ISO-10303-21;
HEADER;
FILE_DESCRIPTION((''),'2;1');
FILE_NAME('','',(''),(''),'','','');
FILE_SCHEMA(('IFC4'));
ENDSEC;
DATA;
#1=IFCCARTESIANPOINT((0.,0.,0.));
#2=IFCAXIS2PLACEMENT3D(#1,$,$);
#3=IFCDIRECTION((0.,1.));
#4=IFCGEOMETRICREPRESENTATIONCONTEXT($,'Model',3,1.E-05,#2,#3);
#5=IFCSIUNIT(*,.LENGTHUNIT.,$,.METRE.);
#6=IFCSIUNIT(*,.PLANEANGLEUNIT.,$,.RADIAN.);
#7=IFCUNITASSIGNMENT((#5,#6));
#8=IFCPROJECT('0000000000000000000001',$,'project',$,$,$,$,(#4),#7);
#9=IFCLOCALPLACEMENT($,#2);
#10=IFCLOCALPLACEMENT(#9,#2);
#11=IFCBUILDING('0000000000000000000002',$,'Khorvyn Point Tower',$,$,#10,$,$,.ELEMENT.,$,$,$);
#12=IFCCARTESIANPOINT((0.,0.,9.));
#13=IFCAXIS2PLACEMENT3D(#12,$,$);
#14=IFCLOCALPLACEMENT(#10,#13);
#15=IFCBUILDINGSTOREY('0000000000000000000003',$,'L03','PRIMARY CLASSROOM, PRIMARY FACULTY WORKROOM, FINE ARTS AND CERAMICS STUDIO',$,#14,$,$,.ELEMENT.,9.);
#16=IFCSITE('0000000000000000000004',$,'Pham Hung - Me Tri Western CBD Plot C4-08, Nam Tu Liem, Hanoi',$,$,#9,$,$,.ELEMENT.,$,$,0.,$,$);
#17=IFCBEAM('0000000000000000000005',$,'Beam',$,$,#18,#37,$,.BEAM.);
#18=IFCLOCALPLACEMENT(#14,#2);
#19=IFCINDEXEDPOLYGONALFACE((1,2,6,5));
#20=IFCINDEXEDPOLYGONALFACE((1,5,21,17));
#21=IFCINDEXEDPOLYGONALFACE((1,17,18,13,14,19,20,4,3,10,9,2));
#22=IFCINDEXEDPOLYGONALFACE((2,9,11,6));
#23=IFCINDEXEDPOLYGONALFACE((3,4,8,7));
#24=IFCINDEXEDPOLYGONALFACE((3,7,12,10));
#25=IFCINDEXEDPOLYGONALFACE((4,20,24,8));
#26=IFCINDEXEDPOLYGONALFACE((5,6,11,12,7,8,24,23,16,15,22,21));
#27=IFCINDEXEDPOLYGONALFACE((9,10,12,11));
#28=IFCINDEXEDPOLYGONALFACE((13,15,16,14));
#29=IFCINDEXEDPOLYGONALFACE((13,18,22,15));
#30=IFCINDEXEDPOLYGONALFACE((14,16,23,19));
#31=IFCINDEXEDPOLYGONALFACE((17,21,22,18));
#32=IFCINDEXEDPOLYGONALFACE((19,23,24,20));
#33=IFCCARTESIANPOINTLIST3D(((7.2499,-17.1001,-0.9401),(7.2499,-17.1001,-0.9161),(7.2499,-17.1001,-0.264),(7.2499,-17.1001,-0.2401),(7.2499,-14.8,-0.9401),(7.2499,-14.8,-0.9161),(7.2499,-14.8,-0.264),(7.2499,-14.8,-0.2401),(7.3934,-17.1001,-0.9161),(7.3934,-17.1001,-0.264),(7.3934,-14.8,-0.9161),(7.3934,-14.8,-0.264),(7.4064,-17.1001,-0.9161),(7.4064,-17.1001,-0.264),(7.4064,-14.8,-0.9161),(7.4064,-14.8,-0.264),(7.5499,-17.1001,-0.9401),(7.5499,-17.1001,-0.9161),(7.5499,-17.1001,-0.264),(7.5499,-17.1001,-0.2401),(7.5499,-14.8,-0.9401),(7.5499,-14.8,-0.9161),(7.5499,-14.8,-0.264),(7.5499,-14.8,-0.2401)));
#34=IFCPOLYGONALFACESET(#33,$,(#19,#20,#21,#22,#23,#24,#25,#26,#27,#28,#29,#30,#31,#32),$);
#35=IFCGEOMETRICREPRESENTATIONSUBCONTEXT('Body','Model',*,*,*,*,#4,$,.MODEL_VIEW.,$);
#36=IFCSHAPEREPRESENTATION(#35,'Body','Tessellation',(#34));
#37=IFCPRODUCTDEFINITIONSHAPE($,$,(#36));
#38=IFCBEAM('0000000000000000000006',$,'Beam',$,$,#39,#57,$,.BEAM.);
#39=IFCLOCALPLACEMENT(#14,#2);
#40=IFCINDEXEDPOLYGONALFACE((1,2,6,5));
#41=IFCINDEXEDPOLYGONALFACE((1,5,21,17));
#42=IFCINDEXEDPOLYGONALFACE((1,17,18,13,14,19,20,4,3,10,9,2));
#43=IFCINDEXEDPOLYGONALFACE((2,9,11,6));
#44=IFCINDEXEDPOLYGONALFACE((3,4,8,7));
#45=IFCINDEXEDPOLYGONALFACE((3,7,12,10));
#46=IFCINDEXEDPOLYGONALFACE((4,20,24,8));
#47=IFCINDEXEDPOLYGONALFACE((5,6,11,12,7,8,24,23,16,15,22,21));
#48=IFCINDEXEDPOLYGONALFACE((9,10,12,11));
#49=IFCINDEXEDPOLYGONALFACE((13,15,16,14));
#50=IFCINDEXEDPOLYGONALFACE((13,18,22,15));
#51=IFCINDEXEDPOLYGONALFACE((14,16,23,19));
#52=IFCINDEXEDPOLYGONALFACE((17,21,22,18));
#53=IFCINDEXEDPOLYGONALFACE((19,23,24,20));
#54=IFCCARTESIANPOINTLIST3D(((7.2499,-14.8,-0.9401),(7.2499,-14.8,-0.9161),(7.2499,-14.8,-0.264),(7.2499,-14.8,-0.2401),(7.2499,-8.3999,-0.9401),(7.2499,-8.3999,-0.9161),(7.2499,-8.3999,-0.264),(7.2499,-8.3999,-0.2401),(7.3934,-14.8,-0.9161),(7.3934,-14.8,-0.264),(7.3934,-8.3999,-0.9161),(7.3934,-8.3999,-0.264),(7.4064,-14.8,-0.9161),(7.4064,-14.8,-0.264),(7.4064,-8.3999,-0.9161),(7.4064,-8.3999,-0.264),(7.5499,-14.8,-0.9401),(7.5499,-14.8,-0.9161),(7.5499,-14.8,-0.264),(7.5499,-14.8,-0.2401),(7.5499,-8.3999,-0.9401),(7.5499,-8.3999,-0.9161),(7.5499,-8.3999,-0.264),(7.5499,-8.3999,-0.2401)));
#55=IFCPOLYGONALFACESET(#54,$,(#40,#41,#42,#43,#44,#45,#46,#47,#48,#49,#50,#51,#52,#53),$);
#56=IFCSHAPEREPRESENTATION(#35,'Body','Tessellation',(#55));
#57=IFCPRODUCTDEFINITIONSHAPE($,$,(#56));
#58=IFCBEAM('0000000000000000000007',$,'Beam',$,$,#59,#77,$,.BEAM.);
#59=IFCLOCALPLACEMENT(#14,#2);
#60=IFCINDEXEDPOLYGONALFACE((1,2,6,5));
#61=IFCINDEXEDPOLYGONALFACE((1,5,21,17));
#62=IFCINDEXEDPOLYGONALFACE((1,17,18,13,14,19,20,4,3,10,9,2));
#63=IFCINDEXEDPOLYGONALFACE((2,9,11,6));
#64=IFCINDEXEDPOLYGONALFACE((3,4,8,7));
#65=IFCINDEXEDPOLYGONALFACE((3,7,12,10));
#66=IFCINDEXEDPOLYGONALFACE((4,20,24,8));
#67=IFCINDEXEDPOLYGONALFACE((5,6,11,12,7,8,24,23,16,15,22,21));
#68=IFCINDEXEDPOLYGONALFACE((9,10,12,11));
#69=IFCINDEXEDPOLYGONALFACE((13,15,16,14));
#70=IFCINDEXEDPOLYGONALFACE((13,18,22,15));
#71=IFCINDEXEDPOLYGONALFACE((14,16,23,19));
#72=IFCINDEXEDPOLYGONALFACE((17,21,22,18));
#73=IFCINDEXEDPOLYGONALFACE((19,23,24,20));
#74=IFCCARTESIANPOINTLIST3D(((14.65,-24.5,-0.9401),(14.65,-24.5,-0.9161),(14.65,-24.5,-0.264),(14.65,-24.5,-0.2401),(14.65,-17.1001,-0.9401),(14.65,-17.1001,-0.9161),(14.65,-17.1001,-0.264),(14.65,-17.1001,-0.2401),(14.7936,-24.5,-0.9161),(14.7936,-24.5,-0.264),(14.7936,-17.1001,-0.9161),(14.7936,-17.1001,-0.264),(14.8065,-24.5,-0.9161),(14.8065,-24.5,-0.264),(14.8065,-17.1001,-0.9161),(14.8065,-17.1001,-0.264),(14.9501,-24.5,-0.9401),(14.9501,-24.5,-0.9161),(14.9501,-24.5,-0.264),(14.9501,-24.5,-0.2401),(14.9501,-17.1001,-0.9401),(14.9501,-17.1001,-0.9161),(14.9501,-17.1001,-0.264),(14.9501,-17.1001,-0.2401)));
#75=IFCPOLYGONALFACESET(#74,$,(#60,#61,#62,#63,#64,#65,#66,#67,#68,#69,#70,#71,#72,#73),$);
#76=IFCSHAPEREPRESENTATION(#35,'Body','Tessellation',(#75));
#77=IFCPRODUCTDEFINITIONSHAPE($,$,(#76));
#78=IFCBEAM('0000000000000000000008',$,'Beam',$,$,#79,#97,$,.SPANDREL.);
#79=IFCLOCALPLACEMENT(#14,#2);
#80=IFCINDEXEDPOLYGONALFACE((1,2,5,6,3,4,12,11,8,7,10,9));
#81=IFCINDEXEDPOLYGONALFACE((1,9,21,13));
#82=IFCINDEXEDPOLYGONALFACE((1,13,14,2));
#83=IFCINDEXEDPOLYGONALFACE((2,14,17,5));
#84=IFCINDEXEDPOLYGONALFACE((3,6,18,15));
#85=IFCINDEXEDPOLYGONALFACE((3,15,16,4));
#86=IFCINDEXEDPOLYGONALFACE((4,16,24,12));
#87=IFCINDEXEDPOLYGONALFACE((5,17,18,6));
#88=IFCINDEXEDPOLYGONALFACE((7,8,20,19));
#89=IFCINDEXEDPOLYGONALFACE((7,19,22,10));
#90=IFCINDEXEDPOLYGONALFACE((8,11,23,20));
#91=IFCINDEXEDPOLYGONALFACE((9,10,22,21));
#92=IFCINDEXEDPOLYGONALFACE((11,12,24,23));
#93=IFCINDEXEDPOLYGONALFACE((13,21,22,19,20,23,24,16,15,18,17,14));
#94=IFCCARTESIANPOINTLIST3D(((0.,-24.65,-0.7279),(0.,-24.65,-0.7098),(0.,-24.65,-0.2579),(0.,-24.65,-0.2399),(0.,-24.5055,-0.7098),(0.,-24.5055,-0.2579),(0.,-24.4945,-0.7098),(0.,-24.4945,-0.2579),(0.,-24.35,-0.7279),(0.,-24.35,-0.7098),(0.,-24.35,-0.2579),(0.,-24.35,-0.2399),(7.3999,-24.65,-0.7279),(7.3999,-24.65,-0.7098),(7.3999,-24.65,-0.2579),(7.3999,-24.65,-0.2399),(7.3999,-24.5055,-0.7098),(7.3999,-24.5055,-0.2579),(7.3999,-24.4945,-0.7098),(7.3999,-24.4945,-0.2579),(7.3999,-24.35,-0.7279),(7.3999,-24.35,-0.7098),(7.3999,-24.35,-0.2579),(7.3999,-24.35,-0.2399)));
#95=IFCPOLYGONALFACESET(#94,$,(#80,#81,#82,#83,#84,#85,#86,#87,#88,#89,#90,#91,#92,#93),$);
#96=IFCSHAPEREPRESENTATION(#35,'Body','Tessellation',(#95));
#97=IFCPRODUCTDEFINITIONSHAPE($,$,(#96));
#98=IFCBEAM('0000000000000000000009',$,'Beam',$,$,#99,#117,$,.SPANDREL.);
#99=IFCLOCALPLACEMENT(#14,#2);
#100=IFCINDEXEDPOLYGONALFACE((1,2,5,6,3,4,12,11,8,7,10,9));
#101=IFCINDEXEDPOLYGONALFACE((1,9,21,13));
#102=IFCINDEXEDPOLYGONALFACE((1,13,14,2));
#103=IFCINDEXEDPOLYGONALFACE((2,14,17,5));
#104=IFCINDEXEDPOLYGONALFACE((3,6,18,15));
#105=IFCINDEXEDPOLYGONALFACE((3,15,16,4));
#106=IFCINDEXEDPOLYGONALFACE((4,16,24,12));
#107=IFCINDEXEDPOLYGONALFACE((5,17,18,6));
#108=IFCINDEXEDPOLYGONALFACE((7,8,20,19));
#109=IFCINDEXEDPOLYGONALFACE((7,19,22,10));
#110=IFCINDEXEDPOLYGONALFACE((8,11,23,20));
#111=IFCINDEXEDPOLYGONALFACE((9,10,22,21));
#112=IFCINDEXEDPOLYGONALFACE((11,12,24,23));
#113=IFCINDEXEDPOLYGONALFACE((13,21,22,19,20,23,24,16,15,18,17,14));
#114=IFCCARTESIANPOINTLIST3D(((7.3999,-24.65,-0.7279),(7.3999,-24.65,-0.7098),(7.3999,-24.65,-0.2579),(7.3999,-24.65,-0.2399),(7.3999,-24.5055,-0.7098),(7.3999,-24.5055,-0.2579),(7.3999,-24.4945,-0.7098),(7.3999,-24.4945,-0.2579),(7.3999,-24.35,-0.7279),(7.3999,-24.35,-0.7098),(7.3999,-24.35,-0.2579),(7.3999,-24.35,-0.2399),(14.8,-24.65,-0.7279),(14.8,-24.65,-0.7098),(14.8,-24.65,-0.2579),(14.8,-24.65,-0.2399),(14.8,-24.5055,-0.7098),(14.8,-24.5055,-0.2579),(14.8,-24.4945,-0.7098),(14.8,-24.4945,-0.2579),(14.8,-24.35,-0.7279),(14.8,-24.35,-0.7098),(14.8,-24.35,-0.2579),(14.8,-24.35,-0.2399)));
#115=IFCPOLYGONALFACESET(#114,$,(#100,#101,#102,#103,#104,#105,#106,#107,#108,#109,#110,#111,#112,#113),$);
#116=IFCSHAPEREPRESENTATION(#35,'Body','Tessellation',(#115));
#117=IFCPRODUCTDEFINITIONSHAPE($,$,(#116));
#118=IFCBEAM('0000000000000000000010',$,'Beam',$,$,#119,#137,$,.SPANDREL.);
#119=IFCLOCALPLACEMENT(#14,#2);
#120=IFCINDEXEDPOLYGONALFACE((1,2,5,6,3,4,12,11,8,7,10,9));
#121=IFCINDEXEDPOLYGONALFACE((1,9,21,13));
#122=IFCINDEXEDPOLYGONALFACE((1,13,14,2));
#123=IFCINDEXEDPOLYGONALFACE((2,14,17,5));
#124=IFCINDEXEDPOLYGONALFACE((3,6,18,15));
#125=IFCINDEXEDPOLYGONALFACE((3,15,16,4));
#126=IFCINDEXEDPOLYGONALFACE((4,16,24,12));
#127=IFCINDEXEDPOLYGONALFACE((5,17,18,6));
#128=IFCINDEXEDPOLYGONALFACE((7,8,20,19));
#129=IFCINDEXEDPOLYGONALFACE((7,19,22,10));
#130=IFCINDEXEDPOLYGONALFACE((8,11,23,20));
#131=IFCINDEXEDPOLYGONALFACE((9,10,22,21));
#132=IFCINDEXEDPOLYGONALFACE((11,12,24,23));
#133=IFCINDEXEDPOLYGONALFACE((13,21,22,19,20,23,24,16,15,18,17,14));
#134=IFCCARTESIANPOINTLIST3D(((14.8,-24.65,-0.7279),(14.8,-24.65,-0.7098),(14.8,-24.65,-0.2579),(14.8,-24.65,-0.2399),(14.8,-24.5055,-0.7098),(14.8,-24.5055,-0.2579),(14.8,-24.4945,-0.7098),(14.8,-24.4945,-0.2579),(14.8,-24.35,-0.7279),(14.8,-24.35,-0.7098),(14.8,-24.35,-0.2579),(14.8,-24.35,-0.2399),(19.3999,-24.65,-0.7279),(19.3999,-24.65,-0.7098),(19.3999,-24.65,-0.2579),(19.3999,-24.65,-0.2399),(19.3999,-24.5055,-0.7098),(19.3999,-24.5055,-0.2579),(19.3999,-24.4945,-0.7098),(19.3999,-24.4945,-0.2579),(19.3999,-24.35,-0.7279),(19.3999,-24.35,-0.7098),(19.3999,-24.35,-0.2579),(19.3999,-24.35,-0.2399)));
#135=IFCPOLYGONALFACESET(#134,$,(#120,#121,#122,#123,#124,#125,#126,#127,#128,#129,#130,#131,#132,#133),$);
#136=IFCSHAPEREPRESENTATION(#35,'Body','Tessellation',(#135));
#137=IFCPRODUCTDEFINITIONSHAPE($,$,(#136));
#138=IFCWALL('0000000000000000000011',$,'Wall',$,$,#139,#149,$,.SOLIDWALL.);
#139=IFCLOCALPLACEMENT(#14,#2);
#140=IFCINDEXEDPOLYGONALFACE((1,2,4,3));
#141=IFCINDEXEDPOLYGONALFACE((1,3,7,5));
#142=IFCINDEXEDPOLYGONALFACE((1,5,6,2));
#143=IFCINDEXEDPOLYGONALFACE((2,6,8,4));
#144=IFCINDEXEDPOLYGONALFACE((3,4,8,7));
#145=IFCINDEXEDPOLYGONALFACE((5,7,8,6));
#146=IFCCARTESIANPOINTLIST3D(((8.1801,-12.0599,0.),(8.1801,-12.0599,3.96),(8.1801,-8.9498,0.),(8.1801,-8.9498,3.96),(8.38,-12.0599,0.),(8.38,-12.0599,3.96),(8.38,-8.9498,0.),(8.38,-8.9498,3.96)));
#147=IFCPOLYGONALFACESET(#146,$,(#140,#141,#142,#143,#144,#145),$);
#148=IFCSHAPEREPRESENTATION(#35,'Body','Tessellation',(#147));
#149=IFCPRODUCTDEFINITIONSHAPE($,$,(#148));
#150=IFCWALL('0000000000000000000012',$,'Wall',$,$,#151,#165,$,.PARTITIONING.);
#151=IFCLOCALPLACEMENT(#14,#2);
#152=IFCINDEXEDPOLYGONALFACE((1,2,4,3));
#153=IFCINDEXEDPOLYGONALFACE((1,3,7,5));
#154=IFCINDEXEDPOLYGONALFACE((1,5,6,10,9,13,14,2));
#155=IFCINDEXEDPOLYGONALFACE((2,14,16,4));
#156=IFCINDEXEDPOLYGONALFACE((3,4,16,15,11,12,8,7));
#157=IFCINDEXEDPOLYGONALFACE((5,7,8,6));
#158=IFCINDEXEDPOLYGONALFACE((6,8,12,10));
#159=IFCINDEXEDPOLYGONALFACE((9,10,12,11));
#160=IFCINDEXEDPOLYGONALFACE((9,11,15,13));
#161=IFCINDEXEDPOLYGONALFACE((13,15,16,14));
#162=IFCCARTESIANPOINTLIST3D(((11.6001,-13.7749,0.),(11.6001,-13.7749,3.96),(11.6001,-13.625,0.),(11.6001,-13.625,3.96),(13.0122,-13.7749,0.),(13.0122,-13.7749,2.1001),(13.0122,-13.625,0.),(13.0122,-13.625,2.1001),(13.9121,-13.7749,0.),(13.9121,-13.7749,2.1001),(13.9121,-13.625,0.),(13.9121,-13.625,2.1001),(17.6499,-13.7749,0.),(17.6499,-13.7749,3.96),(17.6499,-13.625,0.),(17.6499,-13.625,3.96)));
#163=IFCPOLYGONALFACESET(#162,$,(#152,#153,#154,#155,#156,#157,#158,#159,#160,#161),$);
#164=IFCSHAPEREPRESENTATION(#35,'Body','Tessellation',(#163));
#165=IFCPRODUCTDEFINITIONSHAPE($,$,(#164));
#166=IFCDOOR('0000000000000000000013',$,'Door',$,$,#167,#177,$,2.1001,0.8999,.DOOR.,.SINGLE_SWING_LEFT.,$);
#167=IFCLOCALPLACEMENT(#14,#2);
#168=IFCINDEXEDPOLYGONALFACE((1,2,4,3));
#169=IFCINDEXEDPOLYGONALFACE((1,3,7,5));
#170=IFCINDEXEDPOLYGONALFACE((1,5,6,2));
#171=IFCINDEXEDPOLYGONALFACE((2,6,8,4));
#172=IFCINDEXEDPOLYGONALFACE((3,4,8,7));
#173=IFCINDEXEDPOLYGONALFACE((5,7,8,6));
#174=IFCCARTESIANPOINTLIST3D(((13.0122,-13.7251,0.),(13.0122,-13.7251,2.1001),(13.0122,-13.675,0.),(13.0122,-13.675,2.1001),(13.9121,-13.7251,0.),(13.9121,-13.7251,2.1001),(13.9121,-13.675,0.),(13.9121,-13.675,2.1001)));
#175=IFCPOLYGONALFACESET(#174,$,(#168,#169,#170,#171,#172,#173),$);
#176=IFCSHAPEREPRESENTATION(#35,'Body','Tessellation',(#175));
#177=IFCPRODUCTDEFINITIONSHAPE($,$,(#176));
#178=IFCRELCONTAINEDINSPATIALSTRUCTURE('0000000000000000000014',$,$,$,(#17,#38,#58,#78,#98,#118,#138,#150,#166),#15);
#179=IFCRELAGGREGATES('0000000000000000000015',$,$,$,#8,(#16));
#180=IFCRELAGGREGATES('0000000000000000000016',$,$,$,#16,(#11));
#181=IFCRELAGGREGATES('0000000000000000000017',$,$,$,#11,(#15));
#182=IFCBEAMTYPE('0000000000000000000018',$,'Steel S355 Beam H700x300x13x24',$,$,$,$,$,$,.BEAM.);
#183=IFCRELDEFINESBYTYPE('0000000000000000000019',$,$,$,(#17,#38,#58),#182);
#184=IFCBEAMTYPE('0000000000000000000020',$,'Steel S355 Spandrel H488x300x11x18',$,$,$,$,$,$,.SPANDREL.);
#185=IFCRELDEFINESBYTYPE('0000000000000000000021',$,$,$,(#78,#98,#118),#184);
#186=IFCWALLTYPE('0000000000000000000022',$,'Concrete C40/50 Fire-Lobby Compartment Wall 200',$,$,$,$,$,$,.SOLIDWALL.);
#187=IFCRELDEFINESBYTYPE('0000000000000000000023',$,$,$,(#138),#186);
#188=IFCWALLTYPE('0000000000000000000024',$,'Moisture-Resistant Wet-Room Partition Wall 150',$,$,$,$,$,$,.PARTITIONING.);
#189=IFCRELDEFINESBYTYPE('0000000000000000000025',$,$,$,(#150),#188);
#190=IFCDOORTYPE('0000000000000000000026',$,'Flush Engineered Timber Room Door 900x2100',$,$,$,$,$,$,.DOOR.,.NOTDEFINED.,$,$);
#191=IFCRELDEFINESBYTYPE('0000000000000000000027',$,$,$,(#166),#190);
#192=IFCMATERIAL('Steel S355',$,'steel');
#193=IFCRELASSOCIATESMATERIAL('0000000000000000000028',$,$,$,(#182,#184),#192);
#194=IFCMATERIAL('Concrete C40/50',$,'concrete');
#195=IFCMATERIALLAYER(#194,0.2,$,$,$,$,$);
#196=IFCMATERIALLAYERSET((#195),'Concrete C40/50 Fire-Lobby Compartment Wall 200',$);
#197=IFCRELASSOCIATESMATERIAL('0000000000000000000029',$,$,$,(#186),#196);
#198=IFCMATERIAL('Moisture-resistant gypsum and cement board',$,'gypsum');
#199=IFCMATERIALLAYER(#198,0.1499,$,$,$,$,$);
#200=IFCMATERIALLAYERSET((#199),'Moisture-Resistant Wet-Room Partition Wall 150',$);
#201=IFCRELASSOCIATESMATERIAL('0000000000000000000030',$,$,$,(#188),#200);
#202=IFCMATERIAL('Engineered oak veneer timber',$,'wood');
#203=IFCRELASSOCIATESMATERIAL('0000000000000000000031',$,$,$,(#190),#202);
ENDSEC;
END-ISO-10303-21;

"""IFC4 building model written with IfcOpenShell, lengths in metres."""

from ifc_helpers import new_model, si_unit, direction, frame, frame_2d, origin, origin_2d, place, context, subcontext, project, spatial, rectangle, i_section, extrude, material, layer, layer_set, material_profile, profile_set, type_object, element, fill, save


model = new_model("IFC4")

# Units and contexts
model_context = context("Model", 3, precision=1e-05, world=origin(), true_north=direction((0.0, 1.0)))
body_context = subcontext(model_context, "Body", "Model", "MODEL_VIEW")
ifc_project = project(units=[si_unit("LENGTHUNIT", "METRE"), si_unit("PLANEANGLEUNIT", "RADIAN")], contexts=[model_context])

# Site, building, storey
site_placement = place(None, origin())
site = spatial("IfcSite", under=ifc_project, at=site_placement, Name="Pham Hung - Me Tri Western CBD Plot C4-08, Nam Tu Liem, Hanoi", CompositionType="ELEMENT", RefElevation=0.0)
building_placement = place(site_placement, origin())
building = spatial("IfcBuilding", under=site, at=building_placement, Name="Khorvyn Point Tower", CompositionType="ELEMENT")
storey_placement = place(building_placement, frame((0.0, 0.0, 9.0)))
storey = spatial("IfcBuildingStorey", under=building, at=storey_placement, Name="L03", Description="PRIMARY CLASSROOM, PRIMARY FACULTY WORKROOM, FINE ARTS AND CERAMICS STUDIO", CompositionType="ELEMENT", Elevation=9.0)

# Shared definitions
ifc_material_1 = material(Name="Concrete C40/50", Category="concrete")

# Beams
ifc_material_2 = material(Name="Steel S355", Category="steel")
ifc_material_profile_1 = material_profile(ifc_material_2, i_section(OverallWidth=0.3, OverallDepth=0.7, WebThickness=0.0129, FlangeThickness=0.0239, at=origin_2d()))
ifc_profile_set_1 = profile_set([ifc_material_profile_1], Name="Steel S355 H700x300x13x24")
beam_type_1 = type_object("IfcBeamType", Name="Steel S355 Beam H700x300x13x24", PredefinedType="BEAM", material=ifc_profile_set_1)
beam_1_placement = place(storey_placement, frame((7.3999, -17.1001, -0.5901), z_axis=(0.0, 1.0, 0.0), x_axis=(-1.0, 0.0, 0.0)))
element("IfcBeam", 1, at=beam_1_placement, inside=storey, type_object=beam_type_1, Name="Beam", PredefinedType="BEAM", context=body_context, shape_type="SweptSolid", body=[
    extrude(i_section(OverallWidth=0.3, OverallDepth=0.7, WebThickness=0.0129, FlangeThickness=0.0239, at=origin_2d()), origin(), (0.0, 0.0, 1.0), 2.3),
])
beam_2_placement = place(storey_placement, frame((7.3999, -14.8, -0.5901), z_axis=(0.0, 1.0, 0.0), x_axis=(-1.0, 0.0, 0.0)))
element("IfcBeam", 2, at=beam_2_placement, inside=storey, type_object=beam_type_1, Name="Beam", PredefinedType="BEAM", context=body_context, shape_type="SweptSolid", body=[
    extrude(i_section(OverallWidth=0.3, OverallDepth=0.7, WebThickness=0.0129, FlangeThickness=0.0239, at=origin_2d()), origin(), (0.0, 0.0, 1.0), 6.4001),
])
beam_3_placement = place(storey_placement, frame((14.8, -24.5, -0.5901), z_axis=(0.0, 1.0, 0.0), x_axis=(-1.0, 0.0, 0.0)))
element("IfcBeam", 3, at=beam_3_placement, inside=storey, type_object=beam_type_1, Name="Beam", PredefinedType="BEAM", context=body_context, shape_type="SweptSolid", body=[
    extrude(i_section(OverallWidth=0.3, OverallDepth=0.7, WebThickness=0.0129, FlangeThickness=0.0239, at=origin_2d()), origin(), (0.0, 0.0, 1.0), 7.3999),
])
ifc_material_profile_2 = material_profile(ifc_material_2, i_section(OverallWidth=0.3, OverallDepth=0.488, WebThickness=0.011, FlangeThickness=0.0181, at=origin_2d()))
ifc_profile_set_2 = profile_set([ifc_material_profile_2], Name="Steel S355 H488x300x11x18")
beam_type_2 = type_object("IfcBeamType", Name="Steel S355 Spandrel H488x300x11x18", PredefinedType="SPANDREL", material=ifc_profile_set_2)
beam_4_placement = place(storey_placement, frame((0.0, -24.5, -0.4839), z_axis=(1.0, 0.0, 0.0), x_axis=(0.0, 1.0, 0.0)))
element("IfcBeam", 4, at=beam_4_placement, inside=storey, type_object=beam_type_2, Name="Beam", PredefinedType="SPANDREL", context=body_context, shape_type="SweptSolid", body=[
    extrude(i_section(OverallWidth=0.3, OverallDepth=0.488, WebThickness=0.011, FlangeThickness=0.0181, at=origin_2d()), origin(), (0.0, 0.0, 1.0), 7.3999),
])
beam_5_placement = place(storey_placement, frame((7.3999, -24.5, -0.4839), z_axis=(1.0, 0.0, 0.0), x_axis=(0.0, 1.0, 0.0)))
element("IfcBeam", 5, at=beam_5_placement, inside=storey, type_object=beam_type_2, Name="Beam", PredefinedType="SPANDREL", context=body_context, shape_type="SweptSolid", body=[
    extrude(i_section(OverallWidth=0.3, OverallDepth=0.488, WebThickness=0.011, FlangeThickness=0.0181, at=origin_2d()), origin(), (0.0, 0.0, 1.0), 7.4001),
])
beam_6_placement = place(storey_placement, frame((14.8, -24.5, -0.4839), z_axis=(1.0, 0.0, 0.0), x_axis=(0.0, 1.0, 0.0)))
element("IfcBeam", 6, at=beam_6_placement, inside=storey, type_object=beam_type_2, Name="Beam", PredefinedType="SPANDREL", context=body_context, shape_type="SweptSolid", body=[
    extrude(i_section(OverallWidth=0.3, OverallDepth=0.488, WebThickness=0.011, FlangeThickness=0.0181, at=origin_2d()), origin(), (0.0, 0.0, 1.0), 4.5999),
])

# Shared definitions
ifc_layer_1 = layer(ifc_material_1, 0.2)
ifc_layer_set_1 = layer_set([ifc_layer_1], Name="Concrete C40/50 Fire-Lobby Compartment Wall 200")
wall_type_1 = type_object("IfcWallType", Name="Concrete C40/50 Fire-Lobby Compartment Wall 200", PredefinedType="SOLIDWALL", material=ifc_layer_set_1)

# Wall
wall_1_placement = place(storey_placement, frame((8.28, -12.0601, 0.0), z_axis=(0.0, 0.0, 1.0), x_axis=(0.0, 1.0, 0.0)))
element("IfcWall", 7, at=wall_1_placement, inside=storey, type_object=wall_type_1, Name="Wall", PredefinedType="SOLIDWALL", context=body_context, shape_type="SweptSolid", body=[
    extrude(rectangle(XDim=3.1101, YDim=0.2, at=frame_2d((1.5552, 0.0))), origin(), (0.0, 0.0, 1.0), 3.96),
])

# Wall, opening, door
ifc_material_3 = material(Name="Moisture-resistant gypsum and cement board", Category="gypsum")
ifc_layer_2 = layer(ifc_material_3, 0.1499)
ifc_layer_set_2 = layer_set([ifc_layer_2], Name="Moisture-Resistant Wet-Room Partition Wall 150")
wall_type_2 = type_object("IfcWallType", Name="Moisture-Resistant Wet-Room Partition Wall 150", PredefinedType="PARTITIONING", material=ifc_layer_set_2)
wall_2_placement = place(storey_placement, frame((11.6001, -13.7, 0.0), z_axis=(0.0, 0.0, 1.0), x_axis=(1.0, 0.0, 0.0)))
wall_2 = element("IfcWall", 8, at=wall_2_placement, inside=storey, type_object=wall_type_2, Name="Wall", PredefinedType="PARTITIONING", context=body_context, shape_type="SweptSolid", body=[
    extrude(rectangle(XDim=6.0498, YDim=0.1499, at=frame_2d((3.0249, 0.0))), origin(), (0.0, 0.0, 1.0), 3.96),
])
opening_1_placement = place(wall_2_placement, frame((1.4121, 0.0, 0.0)))
opening_1 = element("IfcOpeningElement", 9, at=opening_1_placement, cuts=wall_2, PredefinedType="OPENING", context=body_context, shape_type="SweptSolid", body=[
    extrude(rectangle(XDim=0.8999, YDim=2.1001, at=frame_2d((0.45, 1.05))), frame((0.0, 0.085, 0.0), z_axis=(0.0, -1.0, 0.0), x_axis=(1.0, 0.0, 0.0)), (0.0, 0.0, 1.0), 0.1699),
])
ifc_material_4 = material(Name="Engineered oak veneer timber", Category="wood")
door_type_1 = type_object("IfcDoorType", Name="Flush Engineered Timber Room Door 900x2100", OperationType="NOTDEFINED", PredefinedType="DOOR", material=ifc_material_4)
door_1_placement = place(opening_1_placement, origin())
door_1 = element("IfcDoor", 10, at=door_1_placement, inside=storey, type_object=door_type_1, Name="Door", OperationType="SINGLE_SWING_LEFT", OverallHeight=2.1001, OverallWidth=0.8999, PredefinedType="DOOR", context=body_context, shape_type="SweptSolid", body=[
    extrude(rectangle(XDim=0.8999, YDim=2.1001, at=frame_2d((0.45, 1.05))), frame((0.0, 0.0249, 0.0), z_axis=(0.0, -1.0, 0.0), x_axis=(1.0, 0.0, 0.0)), (0.0, 0.0, 1.0), 0.05),
])
fill(opening_1, door_1)

save(model, "model.ifc")
